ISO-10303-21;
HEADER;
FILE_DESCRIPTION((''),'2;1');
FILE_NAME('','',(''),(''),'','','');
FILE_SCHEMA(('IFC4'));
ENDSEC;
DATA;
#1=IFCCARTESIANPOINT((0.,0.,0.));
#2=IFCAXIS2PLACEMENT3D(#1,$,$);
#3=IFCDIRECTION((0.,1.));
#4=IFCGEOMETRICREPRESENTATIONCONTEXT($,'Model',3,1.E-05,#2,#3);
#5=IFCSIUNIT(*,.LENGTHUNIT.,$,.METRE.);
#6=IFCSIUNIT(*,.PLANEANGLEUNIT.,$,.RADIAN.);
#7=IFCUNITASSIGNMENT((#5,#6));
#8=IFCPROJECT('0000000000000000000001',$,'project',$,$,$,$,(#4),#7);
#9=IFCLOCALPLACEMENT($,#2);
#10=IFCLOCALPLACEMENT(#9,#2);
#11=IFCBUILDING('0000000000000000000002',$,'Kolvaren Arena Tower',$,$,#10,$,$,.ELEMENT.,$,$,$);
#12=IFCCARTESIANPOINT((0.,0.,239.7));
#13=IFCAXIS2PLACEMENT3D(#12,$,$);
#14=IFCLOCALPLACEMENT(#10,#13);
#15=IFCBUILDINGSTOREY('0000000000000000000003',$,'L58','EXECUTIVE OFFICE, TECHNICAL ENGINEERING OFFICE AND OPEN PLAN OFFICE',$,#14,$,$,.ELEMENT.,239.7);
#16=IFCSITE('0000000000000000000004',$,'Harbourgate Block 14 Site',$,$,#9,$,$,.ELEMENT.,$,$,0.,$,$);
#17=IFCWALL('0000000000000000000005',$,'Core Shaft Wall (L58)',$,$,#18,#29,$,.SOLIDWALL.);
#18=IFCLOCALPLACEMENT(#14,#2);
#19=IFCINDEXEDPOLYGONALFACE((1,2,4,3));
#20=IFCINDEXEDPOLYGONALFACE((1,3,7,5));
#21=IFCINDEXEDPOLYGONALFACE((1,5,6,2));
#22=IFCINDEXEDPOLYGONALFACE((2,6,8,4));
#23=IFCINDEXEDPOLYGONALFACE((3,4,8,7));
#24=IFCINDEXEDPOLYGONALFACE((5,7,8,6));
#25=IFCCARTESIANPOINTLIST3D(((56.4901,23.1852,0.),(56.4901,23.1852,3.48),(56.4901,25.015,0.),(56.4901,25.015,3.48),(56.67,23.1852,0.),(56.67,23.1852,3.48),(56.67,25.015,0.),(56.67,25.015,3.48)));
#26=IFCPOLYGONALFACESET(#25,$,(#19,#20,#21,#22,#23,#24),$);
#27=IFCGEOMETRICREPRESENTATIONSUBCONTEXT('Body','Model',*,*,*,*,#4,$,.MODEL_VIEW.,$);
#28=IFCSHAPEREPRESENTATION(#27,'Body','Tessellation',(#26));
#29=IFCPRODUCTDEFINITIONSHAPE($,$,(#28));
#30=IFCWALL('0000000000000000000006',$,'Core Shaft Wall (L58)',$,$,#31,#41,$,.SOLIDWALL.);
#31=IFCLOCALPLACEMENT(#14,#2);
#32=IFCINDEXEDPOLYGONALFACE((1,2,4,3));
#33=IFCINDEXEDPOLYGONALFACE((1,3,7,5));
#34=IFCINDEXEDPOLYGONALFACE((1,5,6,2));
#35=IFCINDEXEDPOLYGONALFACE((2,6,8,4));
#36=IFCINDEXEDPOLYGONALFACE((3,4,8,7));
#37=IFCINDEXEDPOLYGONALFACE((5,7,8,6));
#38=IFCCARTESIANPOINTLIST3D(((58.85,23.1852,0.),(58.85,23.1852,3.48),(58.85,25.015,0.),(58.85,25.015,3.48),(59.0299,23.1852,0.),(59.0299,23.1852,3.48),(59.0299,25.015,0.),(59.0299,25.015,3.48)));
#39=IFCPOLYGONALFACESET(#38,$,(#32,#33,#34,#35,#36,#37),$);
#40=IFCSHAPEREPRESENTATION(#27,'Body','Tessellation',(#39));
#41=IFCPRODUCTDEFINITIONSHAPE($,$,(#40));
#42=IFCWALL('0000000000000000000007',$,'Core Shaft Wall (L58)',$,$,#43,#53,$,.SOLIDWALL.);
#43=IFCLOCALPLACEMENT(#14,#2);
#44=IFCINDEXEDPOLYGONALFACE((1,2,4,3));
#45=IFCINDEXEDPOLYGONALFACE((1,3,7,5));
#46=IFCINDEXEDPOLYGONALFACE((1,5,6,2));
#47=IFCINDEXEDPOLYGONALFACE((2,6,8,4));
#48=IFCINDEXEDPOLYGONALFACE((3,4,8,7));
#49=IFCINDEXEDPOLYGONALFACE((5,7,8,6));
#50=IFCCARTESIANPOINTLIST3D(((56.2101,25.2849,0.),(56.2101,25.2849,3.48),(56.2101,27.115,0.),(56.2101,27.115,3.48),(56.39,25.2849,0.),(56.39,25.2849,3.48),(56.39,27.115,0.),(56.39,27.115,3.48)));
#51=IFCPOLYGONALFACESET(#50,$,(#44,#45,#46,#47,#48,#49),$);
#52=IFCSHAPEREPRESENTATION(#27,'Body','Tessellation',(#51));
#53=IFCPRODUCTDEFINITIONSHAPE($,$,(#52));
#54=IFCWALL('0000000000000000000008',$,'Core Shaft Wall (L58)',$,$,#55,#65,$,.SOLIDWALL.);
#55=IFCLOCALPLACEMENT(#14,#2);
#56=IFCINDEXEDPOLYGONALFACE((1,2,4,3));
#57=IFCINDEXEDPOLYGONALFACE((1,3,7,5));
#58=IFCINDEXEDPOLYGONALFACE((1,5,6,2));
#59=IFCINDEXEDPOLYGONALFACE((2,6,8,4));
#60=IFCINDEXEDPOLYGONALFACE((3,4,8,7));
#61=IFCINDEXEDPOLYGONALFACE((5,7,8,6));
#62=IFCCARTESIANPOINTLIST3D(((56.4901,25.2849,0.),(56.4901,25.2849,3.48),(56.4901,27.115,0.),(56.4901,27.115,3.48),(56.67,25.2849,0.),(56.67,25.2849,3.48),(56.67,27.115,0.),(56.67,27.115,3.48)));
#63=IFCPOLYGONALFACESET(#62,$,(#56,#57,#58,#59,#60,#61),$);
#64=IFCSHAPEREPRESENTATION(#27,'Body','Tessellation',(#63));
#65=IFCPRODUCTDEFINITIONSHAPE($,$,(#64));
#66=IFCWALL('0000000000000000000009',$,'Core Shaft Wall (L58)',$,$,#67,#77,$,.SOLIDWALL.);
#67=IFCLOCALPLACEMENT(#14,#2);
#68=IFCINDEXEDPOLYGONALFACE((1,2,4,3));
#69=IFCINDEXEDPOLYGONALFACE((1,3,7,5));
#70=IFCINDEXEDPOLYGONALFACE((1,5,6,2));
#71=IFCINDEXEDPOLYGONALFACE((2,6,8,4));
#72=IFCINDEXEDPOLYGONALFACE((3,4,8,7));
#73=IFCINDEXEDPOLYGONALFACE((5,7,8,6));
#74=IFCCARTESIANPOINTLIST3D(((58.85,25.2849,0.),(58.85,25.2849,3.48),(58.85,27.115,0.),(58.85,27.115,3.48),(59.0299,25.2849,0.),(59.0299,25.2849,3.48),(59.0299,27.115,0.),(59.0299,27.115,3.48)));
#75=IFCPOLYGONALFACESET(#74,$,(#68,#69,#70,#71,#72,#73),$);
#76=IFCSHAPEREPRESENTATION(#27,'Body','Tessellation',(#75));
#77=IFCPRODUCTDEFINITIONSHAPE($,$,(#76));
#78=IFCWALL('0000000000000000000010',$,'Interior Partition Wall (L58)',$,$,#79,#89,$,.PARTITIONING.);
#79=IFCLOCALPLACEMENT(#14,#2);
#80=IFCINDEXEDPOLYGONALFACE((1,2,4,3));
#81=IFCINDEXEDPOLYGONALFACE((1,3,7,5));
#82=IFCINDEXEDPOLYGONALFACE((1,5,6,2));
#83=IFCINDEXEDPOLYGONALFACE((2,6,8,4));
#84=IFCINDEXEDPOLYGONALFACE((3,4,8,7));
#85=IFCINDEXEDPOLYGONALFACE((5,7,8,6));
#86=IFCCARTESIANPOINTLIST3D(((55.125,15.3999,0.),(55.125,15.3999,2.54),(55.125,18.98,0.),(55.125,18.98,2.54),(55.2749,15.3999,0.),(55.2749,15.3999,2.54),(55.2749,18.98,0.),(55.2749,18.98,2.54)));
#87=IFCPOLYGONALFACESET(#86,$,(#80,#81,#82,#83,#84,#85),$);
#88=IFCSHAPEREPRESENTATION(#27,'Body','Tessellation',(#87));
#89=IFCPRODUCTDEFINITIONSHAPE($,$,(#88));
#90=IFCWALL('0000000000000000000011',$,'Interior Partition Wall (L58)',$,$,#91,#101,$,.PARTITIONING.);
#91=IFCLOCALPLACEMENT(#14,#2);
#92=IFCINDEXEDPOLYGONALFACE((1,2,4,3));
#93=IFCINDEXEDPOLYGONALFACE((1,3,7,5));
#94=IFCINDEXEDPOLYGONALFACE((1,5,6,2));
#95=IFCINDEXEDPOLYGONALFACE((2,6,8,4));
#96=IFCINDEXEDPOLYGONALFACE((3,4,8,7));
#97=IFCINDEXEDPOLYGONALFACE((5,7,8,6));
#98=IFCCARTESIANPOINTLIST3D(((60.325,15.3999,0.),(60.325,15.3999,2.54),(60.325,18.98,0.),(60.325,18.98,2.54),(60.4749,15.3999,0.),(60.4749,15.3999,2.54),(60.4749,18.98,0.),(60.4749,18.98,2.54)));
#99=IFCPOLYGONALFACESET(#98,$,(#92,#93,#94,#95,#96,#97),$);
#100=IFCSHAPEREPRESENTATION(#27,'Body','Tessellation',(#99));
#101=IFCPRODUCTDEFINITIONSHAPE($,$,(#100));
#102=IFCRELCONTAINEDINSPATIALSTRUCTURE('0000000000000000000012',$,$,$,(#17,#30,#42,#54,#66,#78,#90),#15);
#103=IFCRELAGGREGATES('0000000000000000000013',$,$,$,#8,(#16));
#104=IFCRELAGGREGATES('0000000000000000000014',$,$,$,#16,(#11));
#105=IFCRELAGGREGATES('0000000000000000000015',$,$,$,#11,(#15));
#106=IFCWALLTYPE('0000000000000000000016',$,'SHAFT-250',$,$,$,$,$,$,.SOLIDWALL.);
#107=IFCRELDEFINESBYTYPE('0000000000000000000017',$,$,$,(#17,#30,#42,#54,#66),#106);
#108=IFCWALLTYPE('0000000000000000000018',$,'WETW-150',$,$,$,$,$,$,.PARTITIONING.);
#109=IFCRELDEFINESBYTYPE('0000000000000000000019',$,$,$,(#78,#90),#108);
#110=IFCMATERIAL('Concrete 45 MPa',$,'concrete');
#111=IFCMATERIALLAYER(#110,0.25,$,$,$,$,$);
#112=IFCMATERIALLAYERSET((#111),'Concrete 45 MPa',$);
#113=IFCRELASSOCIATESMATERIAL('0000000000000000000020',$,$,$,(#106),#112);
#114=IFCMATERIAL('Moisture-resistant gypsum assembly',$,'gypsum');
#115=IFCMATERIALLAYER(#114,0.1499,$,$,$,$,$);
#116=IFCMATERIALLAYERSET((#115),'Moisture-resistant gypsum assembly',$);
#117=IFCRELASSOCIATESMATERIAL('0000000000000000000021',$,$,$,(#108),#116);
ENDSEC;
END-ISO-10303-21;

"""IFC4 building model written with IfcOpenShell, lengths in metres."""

from ifc_helpers import new_model, si_unit, direction, frame, frame_2d, origin, place, context, subcontext, project, spatial, rectangle, extrude, material, layer, layer_set, type_object, element, save


model = new_model("IFC4")

# Units and contexts
model_context = context("Model", 3, precision=1e-05, world=origin(), true_north=direction((0.0, 1.0)))
body_context = subcontext(model_context, "Body", "Model", "MODEL_VIEW")
ifc_project = project(units=[si_unit("LENGTHUNIT", "METRE"), si_unit("PLANEANGLEUNIT", "RADIAN")], contexts=[model_context])

# Site, building, storey
site_placement = place(None, origin())
site = spatial("IfcSite", under=ifc_project, at=site_placement, Name="Harbourgate Block 14 Site", CompositionType="ELEMENT", RefElevation=0.0)
building_placement = place(site_placement, origin())
building = spatial("IfcBuilding", under=site, at=building_placement, Name="Kolvaren Arena Tower", CompositionType="ELEMENT")
storey_placement = place(building_placement, frame((0.0, 0.0, 239.7)))
storey = spatial("IfcBuildingStorey", under=building, at=storey_placement, Name="L58", Description="EXECUTIVE OFFICE, TECHNICAL ENGINEERING OFFICE AND OPEN PLAN OFFICE", CompositionType="ELEMENT", Elevation=239.7)

# Shared definitions
ifc_material_1 = material(Name="Concrete 45 MPa", Category="concrete")
ifc_layer_1 = layer(ifc_material_1, 0.25)
ifc_layer_set_1 = layer_set([ifc_layer_1], Name="Concrete 45 MPa")
wall_type_1 = type_object("IfcWallType", Name="SHAFT-250", PredefinedType="SOLIDWALL", material=ifc_layer_set_1)

# Walls
for number, where, z_axis, x_axis, name in (
    (1, (56.5801, 23.1851, 0.0), (0.0, 0.0, 1.0), (0.0, 1.0, 0.0), "Core Shaft Wall (L58)"),
    (2, (58.9399, 23.1851, 0.0), (0.0, 0.0, 1.0), (0.0, 1.0, 0.0), "Core Shaft Wall (L58)"),
):
    element("IfcWall", number, at=place(storey_placement, frame(where, z_axis=z_axis, x_axis=x_axis)), inside=storey, type_object=wall_type_1, Name=name, PredefinedType="SOLIDWALL", context=body_context, shape_type="SweptSolid", body=[
        extrude(rectangle(XDim=1.8298, YDim=0.1799, at=frame_2d((0.915, 0.0))), origin(), (0.0, 0.0, 1.0), 3.48),
    ])
for number, where, z_axis, x_axis, name in (
    (3, (56.3, 25.2849, 0.0), (0.0, 0.0, 1.0), (0.0, 1.0, 0.0), "Core Shaft Wall (L58)"),
    (4, (56.5801, 25.2849, 0.0), (0.0, 0.0, 1.0), (0.0, 1.0, 0.0), "Core Shaft Wall (L58)"),
    (5, (58.9399, 25.2849, 0.0), (0.0, 0.0, 1.0), (0.0, 1.0, 0.0), "Core Shaft Wall (L58)"),
):
    element("IfcWall", number, at=place(storey_placement, frame(where, z_axis=z_axis, x_axis=x_axis)), inside=storey, type_object=wall_type_1, Name=name, PredefinedType="SOLIDWALL", context=body_context, shape_type="SweptSolid", body=[
        extrude(rectangle(XDim=1.8301, YDim=0.1799, at=frame_2d((0.915, 0.0))), origin(), (0.0, 0.0, 1.0), 3.48),
    ])
ifc_material_2 = material(Name="Moisture-resistant gypsum assembly", Category="gypsum")
ifc_layer_2 = layer(ifc_material_2, 0.1499)
ifc_layer_set_2 = layer_set([ifc_layer_2], Name="Moisture-resistant gypsum assembly")
wall_type_2 = type_object("IfcWallType", Name="WETW-150", PredefinedType="PARTITIONING", material=ifc_layer_set_2)
for number, where, z_axis, x_axis, name in (
    (6, (55.2, 15.3999, 0.0), (0.0, 0.0, 1.0), (0.0, 1.0, 0.0), "Interior Partition Wall (L58)"),
    (7, (60.3999, 15.3999, 0.0), (0.0, 0.0, 1.0), (0.0, 1.0, 0.0), "Interior Partition Wall (L58)"),
):
    element("IfcWall", number, at=place(storey_placement, frame(where, z_axis=z_axis, x_axis=x_axis)), inside=storey, type_object=wall_type_2, Name=name, PredefinedType="PARTITIONING", context=body_context, shape_type="SweptSolid", body=[
        extrude(rectangle(XDim=3.5801, YDim=0.1499, at=frame_2d((1.79, 0.0))), origin(), (0.0, 0.0, 1.0), 2.54),
    ])

save(model, "model.ifc")
